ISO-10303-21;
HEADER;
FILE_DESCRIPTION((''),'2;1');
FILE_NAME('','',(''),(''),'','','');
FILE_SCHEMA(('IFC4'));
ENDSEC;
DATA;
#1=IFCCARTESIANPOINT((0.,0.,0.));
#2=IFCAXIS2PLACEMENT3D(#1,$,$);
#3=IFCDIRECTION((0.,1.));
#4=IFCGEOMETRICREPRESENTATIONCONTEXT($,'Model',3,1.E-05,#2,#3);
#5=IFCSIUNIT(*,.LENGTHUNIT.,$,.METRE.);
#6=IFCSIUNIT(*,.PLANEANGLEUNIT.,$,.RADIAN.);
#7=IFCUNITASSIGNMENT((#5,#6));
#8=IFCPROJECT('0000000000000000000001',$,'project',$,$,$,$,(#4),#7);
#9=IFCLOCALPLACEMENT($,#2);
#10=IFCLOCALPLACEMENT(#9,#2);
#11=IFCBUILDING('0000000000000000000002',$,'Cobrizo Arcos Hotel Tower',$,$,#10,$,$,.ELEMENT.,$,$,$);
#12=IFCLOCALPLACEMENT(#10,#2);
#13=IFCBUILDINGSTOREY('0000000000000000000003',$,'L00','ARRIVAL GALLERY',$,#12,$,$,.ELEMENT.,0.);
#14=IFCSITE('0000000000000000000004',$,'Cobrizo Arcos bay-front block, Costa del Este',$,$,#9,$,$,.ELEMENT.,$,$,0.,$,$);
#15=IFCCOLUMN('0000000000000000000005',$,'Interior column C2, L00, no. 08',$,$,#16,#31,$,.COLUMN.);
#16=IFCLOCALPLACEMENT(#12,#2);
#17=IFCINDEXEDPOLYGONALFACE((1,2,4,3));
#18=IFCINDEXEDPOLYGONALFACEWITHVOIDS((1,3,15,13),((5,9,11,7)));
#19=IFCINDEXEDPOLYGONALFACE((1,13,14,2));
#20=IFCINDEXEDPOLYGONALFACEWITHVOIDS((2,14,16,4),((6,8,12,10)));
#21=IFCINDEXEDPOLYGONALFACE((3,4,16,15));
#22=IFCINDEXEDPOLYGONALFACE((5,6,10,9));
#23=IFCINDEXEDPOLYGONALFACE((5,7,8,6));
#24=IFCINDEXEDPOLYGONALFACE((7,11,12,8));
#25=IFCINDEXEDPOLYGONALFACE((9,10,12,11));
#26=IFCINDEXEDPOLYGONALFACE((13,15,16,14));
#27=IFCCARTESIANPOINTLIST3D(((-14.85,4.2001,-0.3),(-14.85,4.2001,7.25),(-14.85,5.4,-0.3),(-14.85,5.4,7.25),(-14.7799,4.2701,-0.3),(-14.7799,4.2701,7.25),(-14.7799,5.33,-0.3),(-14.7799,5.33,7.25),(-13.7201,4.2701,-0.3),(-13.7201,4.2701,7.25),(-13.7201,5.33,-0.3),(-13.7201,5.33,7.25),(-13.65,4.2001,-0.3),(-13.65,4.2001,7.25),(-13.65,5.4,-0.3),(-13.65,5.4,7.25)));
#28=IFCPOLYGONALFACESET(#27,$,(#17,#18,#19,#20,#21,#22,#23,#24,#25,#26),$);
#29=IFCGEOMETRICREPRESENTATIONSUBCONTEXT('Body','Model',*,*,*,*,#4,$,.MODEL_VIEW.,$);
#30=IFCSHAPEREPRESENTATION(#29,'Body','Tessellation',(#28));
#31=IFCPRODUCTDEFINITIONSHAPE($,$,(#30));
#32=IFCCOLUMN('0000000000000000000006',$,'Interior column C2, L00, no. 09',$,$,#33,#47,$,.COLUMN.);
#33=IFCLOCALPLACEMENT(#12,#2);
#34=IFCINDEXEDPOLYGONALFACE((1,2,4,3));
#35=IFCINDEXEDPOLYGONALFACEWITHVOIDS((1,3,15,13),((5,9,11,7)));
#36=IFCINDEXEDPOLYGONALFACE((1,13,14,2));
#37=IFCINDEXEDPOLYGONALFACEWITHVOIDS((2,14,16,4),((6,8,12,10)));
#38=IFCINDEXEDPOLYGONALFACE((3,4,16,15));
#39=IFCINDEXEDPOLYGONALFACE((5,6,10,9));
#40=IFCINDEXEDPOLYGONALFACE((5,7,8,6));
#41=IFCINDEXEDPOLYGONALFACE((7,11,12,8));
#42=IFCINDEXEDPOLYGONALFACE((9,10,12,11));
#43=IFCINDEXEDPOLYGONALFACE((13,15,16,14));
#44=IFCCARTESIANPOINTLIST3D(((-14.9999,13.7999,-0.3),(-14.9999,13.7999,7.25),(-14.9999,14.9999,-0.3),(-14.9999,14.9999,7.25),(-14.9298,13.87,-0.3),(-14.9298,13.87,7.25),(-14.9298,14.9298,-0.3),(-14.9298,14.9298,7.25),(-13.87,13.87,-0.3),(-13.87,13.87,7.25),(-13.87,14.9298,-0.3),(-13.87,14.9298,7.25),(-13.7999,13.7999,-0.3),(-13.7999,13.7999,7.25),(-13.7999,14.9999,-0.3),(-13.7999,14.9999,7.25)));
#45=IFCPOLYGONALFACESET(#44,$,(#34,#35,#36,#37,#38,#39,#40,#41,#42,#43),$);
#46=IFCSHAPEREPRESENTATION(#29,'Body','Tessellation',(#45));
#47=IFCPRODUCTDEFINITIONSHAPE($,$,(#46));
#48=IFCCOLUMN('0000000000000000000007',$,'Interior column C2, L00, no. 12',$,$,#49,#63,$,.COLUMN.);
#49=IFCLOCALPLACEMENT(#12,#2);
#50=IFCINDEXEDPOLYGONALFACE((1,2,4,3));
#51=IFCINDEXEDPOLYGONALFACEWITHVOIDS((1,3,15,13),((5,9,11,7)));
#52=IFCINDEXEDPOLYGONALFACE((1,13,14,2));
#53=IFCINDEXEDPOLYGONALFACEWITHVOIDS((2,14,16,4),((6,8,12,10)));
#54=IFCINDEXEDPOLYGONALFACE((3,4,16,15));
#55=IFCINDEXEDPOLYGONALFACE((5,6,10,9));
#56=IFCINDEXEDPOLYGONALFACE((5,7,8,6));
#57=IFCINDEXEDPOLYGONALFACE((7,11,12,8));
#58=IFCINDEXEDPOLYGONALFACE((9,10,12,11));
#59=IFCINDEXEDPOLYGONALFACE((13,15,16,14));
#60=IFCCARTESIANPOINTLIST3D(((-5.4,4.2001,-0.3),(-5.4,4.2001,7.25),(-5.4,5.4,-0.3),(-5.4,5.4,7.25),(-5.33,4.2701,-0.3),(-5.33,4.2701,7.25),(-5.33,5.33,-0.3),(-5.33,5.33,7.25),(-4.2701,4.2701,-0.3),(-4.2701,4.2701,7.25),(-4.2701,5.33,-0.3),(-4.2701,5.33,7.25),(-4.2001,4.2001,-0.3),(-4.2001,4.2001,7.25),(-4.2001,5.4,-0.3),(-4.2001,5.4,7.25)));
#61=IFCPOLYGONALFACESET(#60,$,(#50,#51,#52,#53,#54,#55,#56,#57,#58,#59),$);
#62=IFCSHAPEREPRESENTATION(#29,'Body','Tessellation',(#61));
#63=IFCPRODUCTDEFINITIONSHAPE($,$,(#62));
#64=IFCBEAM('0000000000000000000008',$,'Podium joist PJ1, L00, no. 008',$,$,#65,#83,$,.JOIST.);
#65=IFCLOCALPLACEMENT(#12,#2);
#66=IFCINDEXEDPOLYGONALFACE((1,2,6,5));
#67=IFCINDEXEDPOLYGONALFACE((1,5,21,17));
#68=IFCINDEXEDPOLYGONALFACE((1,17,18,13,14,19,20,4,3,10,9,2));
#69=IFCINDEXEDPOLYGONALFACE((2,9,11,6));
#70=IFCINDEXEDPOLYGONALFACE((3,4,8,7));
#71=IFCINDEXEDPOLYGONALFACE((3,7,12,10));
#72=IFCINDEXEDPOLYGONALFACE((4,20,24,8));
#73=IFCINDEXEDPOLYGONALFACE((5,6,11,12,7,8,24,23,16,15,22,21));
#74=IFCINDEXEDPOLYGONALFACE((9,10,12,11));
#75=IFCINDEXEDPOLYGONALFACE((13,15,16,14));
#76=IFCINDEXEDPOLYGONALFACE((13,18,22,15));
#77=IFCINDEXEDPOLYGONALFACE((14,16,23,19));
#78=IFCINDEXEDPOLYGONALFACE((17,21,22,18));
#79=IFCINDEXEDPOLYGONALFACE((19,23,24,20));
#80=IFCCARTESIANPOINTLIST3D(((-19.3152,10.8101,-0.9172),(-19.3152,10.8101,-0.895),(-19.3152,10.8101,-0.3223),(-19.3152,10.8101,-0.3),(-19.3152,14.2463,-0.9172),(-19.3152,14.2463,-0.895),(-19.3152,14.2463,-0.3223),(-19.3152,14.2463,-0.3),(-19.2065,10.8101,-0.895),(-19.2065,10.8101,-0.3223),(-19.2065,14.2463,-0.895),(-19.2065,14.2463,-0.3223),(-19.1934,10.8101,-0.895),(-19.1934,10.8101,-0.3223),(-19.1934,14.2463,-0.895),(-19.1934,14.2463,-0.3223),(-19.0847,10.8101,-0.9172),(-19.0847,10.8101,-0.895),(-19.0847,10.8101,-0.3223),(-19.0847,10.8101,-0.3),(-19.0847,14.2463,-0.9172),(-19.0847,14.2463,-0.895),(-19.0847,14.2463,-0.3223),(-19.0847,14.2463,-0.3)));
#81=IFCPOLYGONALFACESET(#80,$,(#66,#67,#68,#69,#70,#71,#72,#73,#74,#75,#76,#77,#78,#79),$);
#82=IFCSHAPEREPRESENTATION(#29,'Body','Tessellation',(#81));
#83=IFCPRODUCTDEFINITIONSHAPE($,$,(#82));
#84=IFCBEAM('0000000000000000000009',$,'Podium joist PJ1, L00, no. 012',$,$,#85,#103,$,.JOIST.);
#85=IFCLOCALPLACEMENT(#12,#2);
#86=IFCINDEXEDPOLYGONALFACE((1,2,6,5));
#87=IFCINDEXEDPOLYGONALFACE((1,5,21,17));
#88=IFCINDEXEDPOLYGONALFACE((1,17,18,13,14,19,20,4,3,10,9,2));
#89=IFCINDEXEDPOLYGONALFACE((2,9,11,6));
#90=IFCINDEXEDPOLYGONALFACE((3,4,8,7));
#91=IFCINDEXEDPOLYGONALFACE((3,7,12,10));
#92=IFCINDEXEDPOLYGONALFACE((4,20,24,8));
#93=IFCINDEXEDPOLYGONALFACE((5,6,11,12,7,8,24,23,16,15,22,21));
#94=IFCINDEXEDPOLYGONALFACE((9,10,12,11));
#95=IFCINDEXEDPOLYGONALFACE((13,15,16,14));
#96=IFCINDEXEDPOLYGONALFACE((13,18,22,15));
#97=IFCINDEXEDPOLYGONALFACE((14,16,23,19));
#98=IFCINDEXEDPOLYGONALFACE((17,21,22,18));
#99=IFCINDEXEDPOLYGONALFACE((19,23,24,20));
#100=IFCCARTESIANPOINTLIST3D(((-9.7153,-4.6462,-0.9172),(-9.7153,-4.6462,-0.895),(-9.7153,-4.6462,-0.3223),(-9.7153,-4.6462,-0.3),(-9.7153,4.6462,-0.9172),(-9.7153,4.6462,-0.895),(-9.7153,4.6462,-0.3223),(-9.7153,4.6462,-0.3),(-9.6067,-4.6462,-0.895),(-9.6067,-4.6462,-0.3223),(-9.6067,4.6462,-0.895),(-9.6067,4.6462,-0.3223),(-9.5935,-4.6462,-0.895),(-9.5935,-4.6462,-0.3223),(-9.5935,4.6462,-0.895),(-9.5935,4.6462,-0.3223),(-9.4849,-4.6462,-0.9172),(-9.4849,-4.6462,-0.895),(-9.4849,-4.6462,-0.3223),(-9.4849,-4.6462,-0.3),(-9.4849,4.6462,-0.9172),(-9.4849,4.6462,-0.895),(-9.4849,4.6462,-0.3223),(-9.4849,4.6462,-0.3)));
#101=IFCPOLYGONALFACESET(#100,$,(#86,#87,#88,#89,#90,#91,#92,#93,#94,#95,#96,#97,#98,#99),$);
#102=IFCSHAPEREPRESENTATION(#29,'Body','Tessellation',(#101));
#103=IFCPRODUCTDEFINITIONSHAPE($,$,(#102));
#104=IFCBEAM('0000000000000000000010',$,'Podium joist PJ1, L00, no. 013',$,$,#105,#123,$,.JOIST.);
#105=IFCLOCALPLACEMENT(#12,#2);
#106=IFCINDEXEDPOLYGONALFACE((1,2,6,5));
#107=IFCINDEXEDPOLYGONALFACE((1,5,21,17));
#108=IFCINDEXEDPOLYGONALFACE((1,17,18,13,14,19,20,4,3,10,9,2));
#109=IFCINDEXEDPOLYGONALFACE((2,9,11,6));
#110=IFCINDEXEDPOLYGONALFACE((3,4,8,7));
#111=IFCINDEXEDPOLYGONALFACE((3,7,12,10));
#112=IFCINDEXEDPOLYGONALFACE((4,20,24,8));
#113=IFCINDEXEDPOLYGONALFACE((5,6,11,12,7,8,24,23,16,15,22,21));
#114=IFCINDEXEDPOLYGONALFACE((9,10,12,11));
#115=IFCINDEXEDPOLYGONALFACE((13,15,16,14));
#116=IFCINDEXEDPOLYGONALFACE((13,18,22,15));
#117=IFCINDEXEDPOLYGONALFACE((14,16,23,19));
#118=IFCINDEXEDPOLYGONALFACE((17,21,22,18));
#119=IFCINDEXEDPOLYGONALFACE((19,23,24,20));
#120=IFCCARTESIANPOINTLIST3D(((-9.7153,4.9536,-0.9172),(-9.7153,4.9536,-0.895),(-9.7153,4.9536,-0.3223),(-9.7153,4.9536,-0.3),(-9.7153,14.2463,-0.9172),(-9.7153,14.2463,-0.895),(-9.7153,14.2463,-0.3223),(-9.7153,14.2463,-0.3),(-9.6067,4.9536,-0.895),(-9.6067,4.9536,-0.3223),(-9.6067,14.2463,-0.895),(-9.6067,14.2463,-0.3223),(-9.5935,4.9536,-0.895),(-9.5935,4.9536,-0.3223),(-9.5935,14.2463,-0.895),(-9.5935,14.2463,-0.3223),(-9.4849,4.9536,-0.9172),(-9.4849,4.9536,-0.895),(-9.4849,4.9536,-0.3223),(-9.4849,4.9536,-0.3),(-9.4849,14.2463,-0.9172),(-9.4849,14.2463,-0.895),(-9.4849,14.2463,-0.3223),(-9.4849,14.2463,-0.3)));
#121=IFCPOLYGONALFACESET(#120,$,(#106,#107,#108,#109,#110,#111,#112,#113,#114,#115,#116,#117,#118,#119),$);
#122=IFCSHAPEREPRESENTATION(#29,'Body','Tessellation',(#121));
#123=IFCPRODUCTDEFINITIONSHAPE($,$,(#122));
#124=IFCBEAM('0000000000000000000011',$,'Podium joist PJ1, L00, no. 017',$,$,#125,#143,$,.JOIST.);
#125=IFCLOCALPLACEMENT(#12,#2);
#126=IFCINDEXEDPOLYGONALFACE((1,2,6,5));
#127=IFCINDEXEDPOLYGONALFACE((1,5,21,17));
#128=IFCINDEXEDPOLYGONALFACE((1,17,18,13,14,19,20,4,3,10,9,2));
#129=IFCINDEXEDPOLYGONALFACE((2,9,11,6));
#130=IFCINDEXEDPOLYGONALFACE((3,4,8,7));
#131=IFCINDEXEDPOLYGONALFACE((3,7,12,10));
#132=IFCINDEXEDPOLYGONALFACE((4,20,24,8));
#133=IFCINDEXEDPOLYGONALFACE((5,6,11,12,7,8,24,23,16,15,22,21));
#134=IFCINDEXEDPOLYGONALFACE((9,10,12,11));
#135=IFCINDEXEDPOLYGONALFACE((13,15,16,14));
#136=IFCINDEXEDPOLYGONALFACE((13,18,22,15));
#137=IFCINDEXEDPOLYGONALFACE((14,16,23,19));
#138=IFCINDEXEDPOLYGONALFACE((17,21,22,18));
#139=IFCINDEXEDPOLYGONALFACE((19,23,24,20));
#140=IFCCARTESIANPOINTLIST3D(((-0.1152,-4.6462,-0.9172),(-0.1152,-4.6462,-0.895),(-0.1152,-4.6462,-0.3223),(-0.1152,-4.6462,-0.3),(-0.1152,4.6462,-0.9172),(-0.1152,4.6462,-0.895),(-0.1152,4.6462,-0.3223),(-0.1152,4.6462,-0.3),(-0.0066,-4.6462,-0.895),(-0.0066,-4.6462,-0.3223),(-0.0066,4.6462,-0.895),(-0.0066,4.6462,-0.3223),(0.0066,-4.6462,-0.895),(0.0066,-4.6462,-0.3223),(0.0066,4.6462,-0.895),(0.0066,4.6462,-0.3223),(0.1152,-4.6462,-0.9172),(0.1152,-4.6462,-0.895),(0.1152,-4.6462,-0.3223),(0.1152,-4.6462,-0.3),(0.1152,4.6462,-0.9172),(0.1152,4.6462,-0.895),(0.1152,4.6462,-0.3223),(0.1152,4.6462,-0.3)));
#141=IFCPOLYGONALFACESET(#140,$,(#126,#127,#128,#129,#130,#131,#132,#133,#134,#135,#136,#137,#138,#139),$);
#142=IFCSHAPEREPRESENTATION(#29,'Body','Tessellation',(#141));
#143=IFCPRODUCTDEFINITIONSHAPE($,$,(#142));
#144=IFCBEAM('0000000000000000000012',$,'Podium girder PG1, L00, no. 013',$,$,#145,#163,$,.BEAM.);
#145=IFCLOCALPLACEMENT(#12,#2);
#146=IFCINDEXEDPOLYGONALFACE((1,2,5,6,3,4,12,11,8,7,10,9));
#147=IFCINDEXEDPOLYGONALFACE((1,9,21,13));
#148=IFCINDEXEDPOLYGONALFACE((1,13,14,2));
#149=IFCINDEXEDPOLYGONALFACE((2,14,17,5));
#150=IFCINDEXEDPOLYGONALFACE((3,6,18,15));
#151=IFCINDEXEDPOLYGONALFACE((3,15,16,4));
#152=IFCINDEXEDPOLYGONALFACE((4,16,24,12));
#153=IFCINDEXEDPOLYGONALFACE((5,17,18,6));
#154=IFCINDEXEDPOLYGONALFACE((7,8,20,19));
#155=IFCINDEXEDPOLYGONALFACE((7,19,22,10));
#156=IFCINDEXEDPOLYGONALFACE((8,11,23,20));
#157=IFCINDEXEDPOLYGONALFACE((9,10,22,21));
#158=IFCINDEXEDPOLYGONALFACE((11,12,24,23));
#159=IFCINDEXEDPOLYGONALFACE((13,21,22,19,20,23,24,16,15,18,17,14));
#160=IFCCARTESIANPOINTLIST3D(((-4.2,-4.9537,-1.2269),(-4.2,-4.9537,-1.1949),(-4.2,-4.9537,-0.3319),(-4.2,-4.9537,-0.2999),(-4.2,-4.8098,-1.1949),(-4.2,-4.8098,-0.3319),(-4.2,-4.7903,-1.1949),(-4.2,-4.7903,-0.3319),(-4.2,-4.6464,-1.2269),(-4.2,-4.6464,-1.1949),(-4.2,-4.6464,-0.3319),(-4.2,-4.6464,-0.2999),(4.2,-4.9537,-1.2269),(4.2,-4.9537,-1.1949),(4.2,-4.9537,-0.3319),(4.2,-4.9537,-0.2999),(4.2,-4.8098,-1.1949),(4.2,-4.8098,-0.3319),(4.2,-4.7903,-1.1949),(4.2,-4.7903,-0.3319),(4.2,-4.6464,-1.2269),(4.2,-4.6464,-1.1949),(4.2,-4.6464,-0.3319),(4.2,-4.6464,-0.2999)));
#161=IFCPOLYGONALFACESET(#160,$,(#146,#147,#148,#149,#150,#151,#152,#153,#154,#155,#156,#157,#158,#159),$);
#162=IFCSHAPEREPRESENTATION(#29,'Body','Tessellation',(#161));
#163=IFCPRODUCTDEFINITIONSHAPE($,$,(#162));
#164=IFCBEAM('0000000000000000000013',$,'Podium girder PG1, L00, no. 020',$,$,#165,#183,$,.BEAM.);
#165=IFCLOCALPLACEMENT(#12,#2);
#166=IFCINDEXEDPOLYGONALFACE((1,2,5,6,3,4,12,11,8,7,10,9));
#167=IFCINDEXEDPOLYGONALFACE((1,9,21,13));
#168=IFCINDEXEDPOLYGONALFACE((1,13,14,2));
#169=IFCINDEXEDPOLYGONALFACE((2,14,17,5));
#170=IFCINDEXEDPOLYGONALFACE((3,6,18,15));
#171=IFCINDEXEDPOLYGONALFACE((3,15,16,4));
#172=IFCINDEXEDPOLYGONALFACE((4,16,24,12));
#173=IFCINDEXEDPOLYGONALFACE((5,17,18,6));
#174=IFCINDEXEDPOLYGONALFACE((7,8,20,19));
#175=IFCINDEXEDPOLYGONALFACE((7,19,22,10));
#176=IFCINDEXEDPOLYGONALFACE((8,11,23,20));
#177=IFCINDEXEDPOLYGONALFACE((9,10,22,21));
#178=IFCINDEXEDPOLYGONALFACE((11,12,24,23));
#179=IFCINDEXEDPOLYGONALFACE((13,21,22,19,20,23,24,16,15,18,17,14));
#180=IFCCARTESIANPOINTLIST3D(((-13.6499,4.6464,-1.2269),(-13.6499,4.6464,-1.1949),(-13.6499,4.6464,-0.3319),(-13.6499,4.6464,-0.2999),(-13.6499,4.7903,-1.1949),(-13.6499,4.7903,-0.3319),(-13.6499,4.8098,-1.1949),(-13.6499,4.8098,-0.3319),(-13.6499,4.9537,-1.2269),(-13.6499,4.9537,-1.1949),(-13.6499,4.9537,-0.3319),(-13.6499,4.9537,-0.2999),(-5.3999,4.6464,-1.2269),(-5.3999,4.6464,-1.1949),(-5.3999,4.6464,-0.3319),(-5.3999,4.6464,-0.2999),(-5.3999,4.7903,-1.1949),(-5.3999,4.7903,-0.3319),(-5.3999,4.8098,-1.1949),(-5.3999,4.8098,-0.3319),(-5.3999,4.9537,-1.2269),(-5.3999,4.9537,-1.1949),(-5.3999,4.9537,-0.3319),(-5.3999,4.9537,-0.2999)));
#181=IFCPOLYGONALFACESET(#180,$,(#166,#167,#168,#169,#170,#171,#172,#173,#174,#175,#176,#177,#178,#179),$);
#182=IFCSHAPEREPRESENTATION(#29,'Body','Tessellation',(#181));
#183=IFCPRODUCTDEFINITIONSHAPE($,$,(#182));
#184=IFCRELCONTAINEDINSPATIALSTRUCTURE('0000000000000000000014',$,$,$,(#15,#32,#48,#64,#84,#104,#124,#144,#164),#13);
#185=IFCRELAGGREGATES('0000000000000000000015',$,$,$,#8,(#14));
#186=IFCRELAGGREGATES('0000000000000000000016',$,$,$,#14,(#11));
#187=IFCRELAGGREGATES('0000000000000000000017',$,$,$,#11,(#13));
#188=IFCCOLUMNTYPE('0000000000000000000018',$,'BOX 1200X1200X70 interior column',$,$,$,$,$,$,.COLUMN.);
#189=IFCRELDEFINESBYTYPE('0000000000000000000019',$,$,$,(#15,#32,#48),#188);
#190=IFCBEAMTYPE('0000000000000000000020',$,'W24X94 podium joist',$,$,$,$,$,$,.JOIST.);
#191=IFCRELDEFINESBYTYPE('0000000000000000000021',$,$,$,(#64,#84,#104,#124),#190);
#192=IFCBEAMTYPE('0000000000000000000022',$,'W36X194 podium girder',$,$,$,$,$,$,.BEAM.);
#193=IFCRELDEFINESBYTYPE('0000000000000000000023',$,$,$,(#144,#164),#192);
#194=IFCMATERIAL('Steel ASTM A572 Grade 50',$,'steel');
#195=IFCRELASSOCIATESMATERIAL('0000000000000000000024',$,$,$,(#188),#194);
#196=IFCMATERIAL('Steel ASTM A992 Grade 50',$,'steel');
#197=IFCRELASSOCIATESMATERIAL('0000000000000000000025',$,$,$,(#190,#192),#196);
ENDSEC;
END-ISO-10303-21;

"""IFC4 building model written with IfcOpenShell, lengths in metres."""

from ifc_helpers import new_model, si_unit, direction, frame, origin, origin_2d, place, context, subcontext, project, spatial, hollow_rectangle, i_section, extrude, material, material_profile, profile_set, type_object, element, save


model = new_model("IFC4")

# Units and contexts
model_context = context("Model", 3, precision=1e-05, world=origin(), true_north=direction((0.0, 1.0)))
body_context = subcontext(model_context, "Body", "Model", "MODEL_VIEW")
ifc_project = project(units=[si_unit("LENGTHUNIT", "METRE"), si_unit("PLANEANGLEUNIT", "RADIAN")], contexts=[model_context])

# Site, building, storey
site_placement = place(None, origin())
site = spatial("IfcSite", under=ifc_project, at=site_placement, Name="Cobrizo Arcos bay-front block, Costa del Este", CompositionType="ELEMENT", RefElevation=0.0)
building_placement = place(site_placement, origin())
building = spatial("IfcBuilding", under=site, at=building_placement, Name="Cobrizo Arcos Hotel Tower", CompositionType="ELEMENT")
storey_placement = place(building_placement, origin())
storey = spatial("IfcBuildingStorey", under=building, at=storey_placement, Name="L00", Description="ARRIVAL GALLERY", CompositionType="ELEMENT", Elevation=0.0)

# Columns
ifc_material_1 = material(Name="Steel ASTM A572 Grade 50", Category="steel")
ifc_material_profile_1 = material_profile(ifc_material_1, hollow_rectangle(XDim=1.2, YDim=1.2, WallThickness=0.0701, at=origin_2d()), Name="BOX 1200X1200X70")
ifc_profile_set_1 = profile_set([ifc_material_profile_1], Name="Steel ASTM A572 Grade 50")
column_type = type_object("IfcColumnType", Name="BOX 1200X1200X70 interior column", PredefinedType="COLUMN", material=ifc_profile_set_1)
for number, where, z_axis, x_axis, name in (
    (1, (-14.25, 4.8, -0.3), (0.0, 0.0, 1.0), (1.0, 0.0, 0.0), "Interior column C2, L00, no. 08"),
    (2, (-14.3999, 14.3999, -0.3), (0.0, 0.0, 1.0), (1.0, 0.0, 0.0), "Interior column C2, L00, no. 09"),
    (3, (-4.8, 4.8, -0.3), (0.0, 0.0, 1.0), (1.0, 0.0, 0.0), "Interior column C2, L00, no. 12"),
):
    element("IfcColumn", number, at=place(storey_placement, frame(where, z_axis=z_axis, x_axis=x_axis)), inside=storey, type_object=column_type, Name=name, PredefinedType="COLUMN", context=body_context, shape_type="SweptSolid", body=[
        extrude(hollow_rectangle(XDim=1.2, YDim=1.2, WallThickness=0.0701, at=origin_2d()), origin(), (0.0, 0.0, 1.0), 7.55),
    ])

# Beams
ifc_material_2 = material(Name="Steel ASTM A992 Grade 50", Category="steel")
ifc_material_profile_2 = material_profile(ifc_material_2, i_section(OverallWidth=0.2305, OverallDepth=0.6172, WebThickness=0.0132, FlangeThickness=0.0222, at=origin_2d()), Name="W24X94")
ifc_profile_set_2 = profile_set([ifc_material_profile_2], Name="Steel ASTM A992 Grade 50")
beam_type_1 = type_object("IfcBeamType", Name="W24X94 podium joist", PredefinedType="JOIST", material=ifc_profile_set_2)
beam_1_placement = place(storey_placement, frame((-19.2, 10.8101, -0.6086), z_axis=(0.0, 1.0, 0.0), x_axis=(-1.0, 0.0, 0.0)))
element("IfcBeam", 4, at=beam_1_placement, inside=storey, type_object=beam_type_1, Name="Podium joist PJ1, L00, no. 008", PredefinedType="JOIST", context=body_context, shape_type="SweptSolid", body=[
    extrude(i_section(OverallWidth=0.2305, OverallDepth=0.6172, WebThickness=0.0132, FlangeThickness=0.0222, at=origin_2d()), origin(), (0.0, 0.0, 1.0), 3.4363),
])
beam_2_placement = place(storey_placement, frame((-9.6001, -4.6462, -0.6086), z_axis=(0.0, 1.0, 0.0), x_axis=(-1.0, 0.0, 0.0)))
element("IfcBeam", 5, at=beam_2_placement, inside=storey, type_object=beam_type_1, Name="Podium joist PJ1, L00, no. 012", PredefinedType="JOIST", context=body_context, shape_type="SweptSolid", body=[
    extrude(i_section(OverallWidth=0.2305, OverallDepth=0.6172, WebThickness=0.0132, FlangeThickness=0.0222, at=origin_2d()), origin(), (0.0, 0.0, 1.0), 9.2925),
])
beam_3_placement = place(storey_placement, frame((-9.6001, 4.9536, -0.6086), z_axis=(0.0, 1.0, 0.0), x_axis=(-1.0, 0.0, 0.0)))
element("IfcBeam", 6, at=beam_3_placement, inside=storey, type_object=beam_type_1, Name="Podium joist PJ1, L00, no. 013", PredefinedType="JOIST", context=body_context, shape_type="SweptSolid", body=[
    extrude(i_section(OverallWidth=0.2305, OverallDepth=0.6172, WebThickness=0.0132, FlangeThickness=0.0222, at=origin_2d()), origin(), (0.0, 0.0, 1.0), 9.2927),
])
beam_4_placement = place(storey_placement, frame((0.0, -4.6462, -0.6086), z_axis=(0.0, 1.0, 0.0), x_axis=(-1.0, 0.0, 0.0)))
element("IfcBeam", 7, at=beam_4_placement, inside=storey, type_object=beam_type_1, Name="Podium joist PJ1, L00, no. 017", PredefinedType="JOIST", context=body_context, shape_type="SweptSolid", body=[
    extrude(i_section(OverallWidth=0.2305, OverallDepth=0.6172, WebThickness=0.0132, FlangeThickness=0.0222, at=origin_2d()), origin(), (0.0, 0.0, 1.0), 9.2925),
])
ifc_material_profile_3 = material_profile(ifc_material_2, i_section(OverallWidth=0.3074, OverallDepth=0.927, WebThickness=0.0195, FlangeThickness=0.032, at=origin_2d()), Name="W36X194")
ifc_profile_set_3 = profile_set([ifc_material_profile_3], Name="Steel ASTM A992 Grade 50")
beam_type_2 = type_object("IfcBeamType", Name="W36X194 podium girder", PredefinedType="BEAM", material=ifc_profile_set_3)
beam_5_placement = place(storey_placement, frame((-4.2, -4.8, -0.7634), z_axis=(1.0, 0.0, 0.0), x_axis=(0.0, 1.0, 0.0)))
element("IfcBeam", 8, at=beam_5_placement, inside=storey, type_object=beam_type_2, Name="Podium girder PG1, L00, no. 013", PredefinedType="BEAM", context=body_context, shape_type="SweptSolid", body=[
    extrude(i_section(OverallWidth=0.3074, OverallDepth=0.927, WebThickness=0.0195, FlangeThickness=0.032, at=origin_2d()), origin(), (0.0, 0.0, 1.0), 8.3999),
])
beam_6_placement = place(storey_placement, frame((-13.6499, 4.8, -0.7634), z_axis=(1.0, 0.0, 0.0), x_axis=(0.0, 1.0, 0.0)))
element("IfcBeam", 9, at=beam_6_placement, inside=storey, type_object=beam_type_2, Name="Podium girder PG1, L00, no. 020", PredefinedType="BEAM", context=body_context, shape_type="SweptSolid", body=[
    extrude(i_section(OverallWidth=0.3074, OverallDepth=0.927, WebThickness=0.0195, FlangeThickness=0.032, at=origin_2d()), origin(), (0.0, 0.0, 1.0), 8.25),
])

save(model, "model.ifc")
